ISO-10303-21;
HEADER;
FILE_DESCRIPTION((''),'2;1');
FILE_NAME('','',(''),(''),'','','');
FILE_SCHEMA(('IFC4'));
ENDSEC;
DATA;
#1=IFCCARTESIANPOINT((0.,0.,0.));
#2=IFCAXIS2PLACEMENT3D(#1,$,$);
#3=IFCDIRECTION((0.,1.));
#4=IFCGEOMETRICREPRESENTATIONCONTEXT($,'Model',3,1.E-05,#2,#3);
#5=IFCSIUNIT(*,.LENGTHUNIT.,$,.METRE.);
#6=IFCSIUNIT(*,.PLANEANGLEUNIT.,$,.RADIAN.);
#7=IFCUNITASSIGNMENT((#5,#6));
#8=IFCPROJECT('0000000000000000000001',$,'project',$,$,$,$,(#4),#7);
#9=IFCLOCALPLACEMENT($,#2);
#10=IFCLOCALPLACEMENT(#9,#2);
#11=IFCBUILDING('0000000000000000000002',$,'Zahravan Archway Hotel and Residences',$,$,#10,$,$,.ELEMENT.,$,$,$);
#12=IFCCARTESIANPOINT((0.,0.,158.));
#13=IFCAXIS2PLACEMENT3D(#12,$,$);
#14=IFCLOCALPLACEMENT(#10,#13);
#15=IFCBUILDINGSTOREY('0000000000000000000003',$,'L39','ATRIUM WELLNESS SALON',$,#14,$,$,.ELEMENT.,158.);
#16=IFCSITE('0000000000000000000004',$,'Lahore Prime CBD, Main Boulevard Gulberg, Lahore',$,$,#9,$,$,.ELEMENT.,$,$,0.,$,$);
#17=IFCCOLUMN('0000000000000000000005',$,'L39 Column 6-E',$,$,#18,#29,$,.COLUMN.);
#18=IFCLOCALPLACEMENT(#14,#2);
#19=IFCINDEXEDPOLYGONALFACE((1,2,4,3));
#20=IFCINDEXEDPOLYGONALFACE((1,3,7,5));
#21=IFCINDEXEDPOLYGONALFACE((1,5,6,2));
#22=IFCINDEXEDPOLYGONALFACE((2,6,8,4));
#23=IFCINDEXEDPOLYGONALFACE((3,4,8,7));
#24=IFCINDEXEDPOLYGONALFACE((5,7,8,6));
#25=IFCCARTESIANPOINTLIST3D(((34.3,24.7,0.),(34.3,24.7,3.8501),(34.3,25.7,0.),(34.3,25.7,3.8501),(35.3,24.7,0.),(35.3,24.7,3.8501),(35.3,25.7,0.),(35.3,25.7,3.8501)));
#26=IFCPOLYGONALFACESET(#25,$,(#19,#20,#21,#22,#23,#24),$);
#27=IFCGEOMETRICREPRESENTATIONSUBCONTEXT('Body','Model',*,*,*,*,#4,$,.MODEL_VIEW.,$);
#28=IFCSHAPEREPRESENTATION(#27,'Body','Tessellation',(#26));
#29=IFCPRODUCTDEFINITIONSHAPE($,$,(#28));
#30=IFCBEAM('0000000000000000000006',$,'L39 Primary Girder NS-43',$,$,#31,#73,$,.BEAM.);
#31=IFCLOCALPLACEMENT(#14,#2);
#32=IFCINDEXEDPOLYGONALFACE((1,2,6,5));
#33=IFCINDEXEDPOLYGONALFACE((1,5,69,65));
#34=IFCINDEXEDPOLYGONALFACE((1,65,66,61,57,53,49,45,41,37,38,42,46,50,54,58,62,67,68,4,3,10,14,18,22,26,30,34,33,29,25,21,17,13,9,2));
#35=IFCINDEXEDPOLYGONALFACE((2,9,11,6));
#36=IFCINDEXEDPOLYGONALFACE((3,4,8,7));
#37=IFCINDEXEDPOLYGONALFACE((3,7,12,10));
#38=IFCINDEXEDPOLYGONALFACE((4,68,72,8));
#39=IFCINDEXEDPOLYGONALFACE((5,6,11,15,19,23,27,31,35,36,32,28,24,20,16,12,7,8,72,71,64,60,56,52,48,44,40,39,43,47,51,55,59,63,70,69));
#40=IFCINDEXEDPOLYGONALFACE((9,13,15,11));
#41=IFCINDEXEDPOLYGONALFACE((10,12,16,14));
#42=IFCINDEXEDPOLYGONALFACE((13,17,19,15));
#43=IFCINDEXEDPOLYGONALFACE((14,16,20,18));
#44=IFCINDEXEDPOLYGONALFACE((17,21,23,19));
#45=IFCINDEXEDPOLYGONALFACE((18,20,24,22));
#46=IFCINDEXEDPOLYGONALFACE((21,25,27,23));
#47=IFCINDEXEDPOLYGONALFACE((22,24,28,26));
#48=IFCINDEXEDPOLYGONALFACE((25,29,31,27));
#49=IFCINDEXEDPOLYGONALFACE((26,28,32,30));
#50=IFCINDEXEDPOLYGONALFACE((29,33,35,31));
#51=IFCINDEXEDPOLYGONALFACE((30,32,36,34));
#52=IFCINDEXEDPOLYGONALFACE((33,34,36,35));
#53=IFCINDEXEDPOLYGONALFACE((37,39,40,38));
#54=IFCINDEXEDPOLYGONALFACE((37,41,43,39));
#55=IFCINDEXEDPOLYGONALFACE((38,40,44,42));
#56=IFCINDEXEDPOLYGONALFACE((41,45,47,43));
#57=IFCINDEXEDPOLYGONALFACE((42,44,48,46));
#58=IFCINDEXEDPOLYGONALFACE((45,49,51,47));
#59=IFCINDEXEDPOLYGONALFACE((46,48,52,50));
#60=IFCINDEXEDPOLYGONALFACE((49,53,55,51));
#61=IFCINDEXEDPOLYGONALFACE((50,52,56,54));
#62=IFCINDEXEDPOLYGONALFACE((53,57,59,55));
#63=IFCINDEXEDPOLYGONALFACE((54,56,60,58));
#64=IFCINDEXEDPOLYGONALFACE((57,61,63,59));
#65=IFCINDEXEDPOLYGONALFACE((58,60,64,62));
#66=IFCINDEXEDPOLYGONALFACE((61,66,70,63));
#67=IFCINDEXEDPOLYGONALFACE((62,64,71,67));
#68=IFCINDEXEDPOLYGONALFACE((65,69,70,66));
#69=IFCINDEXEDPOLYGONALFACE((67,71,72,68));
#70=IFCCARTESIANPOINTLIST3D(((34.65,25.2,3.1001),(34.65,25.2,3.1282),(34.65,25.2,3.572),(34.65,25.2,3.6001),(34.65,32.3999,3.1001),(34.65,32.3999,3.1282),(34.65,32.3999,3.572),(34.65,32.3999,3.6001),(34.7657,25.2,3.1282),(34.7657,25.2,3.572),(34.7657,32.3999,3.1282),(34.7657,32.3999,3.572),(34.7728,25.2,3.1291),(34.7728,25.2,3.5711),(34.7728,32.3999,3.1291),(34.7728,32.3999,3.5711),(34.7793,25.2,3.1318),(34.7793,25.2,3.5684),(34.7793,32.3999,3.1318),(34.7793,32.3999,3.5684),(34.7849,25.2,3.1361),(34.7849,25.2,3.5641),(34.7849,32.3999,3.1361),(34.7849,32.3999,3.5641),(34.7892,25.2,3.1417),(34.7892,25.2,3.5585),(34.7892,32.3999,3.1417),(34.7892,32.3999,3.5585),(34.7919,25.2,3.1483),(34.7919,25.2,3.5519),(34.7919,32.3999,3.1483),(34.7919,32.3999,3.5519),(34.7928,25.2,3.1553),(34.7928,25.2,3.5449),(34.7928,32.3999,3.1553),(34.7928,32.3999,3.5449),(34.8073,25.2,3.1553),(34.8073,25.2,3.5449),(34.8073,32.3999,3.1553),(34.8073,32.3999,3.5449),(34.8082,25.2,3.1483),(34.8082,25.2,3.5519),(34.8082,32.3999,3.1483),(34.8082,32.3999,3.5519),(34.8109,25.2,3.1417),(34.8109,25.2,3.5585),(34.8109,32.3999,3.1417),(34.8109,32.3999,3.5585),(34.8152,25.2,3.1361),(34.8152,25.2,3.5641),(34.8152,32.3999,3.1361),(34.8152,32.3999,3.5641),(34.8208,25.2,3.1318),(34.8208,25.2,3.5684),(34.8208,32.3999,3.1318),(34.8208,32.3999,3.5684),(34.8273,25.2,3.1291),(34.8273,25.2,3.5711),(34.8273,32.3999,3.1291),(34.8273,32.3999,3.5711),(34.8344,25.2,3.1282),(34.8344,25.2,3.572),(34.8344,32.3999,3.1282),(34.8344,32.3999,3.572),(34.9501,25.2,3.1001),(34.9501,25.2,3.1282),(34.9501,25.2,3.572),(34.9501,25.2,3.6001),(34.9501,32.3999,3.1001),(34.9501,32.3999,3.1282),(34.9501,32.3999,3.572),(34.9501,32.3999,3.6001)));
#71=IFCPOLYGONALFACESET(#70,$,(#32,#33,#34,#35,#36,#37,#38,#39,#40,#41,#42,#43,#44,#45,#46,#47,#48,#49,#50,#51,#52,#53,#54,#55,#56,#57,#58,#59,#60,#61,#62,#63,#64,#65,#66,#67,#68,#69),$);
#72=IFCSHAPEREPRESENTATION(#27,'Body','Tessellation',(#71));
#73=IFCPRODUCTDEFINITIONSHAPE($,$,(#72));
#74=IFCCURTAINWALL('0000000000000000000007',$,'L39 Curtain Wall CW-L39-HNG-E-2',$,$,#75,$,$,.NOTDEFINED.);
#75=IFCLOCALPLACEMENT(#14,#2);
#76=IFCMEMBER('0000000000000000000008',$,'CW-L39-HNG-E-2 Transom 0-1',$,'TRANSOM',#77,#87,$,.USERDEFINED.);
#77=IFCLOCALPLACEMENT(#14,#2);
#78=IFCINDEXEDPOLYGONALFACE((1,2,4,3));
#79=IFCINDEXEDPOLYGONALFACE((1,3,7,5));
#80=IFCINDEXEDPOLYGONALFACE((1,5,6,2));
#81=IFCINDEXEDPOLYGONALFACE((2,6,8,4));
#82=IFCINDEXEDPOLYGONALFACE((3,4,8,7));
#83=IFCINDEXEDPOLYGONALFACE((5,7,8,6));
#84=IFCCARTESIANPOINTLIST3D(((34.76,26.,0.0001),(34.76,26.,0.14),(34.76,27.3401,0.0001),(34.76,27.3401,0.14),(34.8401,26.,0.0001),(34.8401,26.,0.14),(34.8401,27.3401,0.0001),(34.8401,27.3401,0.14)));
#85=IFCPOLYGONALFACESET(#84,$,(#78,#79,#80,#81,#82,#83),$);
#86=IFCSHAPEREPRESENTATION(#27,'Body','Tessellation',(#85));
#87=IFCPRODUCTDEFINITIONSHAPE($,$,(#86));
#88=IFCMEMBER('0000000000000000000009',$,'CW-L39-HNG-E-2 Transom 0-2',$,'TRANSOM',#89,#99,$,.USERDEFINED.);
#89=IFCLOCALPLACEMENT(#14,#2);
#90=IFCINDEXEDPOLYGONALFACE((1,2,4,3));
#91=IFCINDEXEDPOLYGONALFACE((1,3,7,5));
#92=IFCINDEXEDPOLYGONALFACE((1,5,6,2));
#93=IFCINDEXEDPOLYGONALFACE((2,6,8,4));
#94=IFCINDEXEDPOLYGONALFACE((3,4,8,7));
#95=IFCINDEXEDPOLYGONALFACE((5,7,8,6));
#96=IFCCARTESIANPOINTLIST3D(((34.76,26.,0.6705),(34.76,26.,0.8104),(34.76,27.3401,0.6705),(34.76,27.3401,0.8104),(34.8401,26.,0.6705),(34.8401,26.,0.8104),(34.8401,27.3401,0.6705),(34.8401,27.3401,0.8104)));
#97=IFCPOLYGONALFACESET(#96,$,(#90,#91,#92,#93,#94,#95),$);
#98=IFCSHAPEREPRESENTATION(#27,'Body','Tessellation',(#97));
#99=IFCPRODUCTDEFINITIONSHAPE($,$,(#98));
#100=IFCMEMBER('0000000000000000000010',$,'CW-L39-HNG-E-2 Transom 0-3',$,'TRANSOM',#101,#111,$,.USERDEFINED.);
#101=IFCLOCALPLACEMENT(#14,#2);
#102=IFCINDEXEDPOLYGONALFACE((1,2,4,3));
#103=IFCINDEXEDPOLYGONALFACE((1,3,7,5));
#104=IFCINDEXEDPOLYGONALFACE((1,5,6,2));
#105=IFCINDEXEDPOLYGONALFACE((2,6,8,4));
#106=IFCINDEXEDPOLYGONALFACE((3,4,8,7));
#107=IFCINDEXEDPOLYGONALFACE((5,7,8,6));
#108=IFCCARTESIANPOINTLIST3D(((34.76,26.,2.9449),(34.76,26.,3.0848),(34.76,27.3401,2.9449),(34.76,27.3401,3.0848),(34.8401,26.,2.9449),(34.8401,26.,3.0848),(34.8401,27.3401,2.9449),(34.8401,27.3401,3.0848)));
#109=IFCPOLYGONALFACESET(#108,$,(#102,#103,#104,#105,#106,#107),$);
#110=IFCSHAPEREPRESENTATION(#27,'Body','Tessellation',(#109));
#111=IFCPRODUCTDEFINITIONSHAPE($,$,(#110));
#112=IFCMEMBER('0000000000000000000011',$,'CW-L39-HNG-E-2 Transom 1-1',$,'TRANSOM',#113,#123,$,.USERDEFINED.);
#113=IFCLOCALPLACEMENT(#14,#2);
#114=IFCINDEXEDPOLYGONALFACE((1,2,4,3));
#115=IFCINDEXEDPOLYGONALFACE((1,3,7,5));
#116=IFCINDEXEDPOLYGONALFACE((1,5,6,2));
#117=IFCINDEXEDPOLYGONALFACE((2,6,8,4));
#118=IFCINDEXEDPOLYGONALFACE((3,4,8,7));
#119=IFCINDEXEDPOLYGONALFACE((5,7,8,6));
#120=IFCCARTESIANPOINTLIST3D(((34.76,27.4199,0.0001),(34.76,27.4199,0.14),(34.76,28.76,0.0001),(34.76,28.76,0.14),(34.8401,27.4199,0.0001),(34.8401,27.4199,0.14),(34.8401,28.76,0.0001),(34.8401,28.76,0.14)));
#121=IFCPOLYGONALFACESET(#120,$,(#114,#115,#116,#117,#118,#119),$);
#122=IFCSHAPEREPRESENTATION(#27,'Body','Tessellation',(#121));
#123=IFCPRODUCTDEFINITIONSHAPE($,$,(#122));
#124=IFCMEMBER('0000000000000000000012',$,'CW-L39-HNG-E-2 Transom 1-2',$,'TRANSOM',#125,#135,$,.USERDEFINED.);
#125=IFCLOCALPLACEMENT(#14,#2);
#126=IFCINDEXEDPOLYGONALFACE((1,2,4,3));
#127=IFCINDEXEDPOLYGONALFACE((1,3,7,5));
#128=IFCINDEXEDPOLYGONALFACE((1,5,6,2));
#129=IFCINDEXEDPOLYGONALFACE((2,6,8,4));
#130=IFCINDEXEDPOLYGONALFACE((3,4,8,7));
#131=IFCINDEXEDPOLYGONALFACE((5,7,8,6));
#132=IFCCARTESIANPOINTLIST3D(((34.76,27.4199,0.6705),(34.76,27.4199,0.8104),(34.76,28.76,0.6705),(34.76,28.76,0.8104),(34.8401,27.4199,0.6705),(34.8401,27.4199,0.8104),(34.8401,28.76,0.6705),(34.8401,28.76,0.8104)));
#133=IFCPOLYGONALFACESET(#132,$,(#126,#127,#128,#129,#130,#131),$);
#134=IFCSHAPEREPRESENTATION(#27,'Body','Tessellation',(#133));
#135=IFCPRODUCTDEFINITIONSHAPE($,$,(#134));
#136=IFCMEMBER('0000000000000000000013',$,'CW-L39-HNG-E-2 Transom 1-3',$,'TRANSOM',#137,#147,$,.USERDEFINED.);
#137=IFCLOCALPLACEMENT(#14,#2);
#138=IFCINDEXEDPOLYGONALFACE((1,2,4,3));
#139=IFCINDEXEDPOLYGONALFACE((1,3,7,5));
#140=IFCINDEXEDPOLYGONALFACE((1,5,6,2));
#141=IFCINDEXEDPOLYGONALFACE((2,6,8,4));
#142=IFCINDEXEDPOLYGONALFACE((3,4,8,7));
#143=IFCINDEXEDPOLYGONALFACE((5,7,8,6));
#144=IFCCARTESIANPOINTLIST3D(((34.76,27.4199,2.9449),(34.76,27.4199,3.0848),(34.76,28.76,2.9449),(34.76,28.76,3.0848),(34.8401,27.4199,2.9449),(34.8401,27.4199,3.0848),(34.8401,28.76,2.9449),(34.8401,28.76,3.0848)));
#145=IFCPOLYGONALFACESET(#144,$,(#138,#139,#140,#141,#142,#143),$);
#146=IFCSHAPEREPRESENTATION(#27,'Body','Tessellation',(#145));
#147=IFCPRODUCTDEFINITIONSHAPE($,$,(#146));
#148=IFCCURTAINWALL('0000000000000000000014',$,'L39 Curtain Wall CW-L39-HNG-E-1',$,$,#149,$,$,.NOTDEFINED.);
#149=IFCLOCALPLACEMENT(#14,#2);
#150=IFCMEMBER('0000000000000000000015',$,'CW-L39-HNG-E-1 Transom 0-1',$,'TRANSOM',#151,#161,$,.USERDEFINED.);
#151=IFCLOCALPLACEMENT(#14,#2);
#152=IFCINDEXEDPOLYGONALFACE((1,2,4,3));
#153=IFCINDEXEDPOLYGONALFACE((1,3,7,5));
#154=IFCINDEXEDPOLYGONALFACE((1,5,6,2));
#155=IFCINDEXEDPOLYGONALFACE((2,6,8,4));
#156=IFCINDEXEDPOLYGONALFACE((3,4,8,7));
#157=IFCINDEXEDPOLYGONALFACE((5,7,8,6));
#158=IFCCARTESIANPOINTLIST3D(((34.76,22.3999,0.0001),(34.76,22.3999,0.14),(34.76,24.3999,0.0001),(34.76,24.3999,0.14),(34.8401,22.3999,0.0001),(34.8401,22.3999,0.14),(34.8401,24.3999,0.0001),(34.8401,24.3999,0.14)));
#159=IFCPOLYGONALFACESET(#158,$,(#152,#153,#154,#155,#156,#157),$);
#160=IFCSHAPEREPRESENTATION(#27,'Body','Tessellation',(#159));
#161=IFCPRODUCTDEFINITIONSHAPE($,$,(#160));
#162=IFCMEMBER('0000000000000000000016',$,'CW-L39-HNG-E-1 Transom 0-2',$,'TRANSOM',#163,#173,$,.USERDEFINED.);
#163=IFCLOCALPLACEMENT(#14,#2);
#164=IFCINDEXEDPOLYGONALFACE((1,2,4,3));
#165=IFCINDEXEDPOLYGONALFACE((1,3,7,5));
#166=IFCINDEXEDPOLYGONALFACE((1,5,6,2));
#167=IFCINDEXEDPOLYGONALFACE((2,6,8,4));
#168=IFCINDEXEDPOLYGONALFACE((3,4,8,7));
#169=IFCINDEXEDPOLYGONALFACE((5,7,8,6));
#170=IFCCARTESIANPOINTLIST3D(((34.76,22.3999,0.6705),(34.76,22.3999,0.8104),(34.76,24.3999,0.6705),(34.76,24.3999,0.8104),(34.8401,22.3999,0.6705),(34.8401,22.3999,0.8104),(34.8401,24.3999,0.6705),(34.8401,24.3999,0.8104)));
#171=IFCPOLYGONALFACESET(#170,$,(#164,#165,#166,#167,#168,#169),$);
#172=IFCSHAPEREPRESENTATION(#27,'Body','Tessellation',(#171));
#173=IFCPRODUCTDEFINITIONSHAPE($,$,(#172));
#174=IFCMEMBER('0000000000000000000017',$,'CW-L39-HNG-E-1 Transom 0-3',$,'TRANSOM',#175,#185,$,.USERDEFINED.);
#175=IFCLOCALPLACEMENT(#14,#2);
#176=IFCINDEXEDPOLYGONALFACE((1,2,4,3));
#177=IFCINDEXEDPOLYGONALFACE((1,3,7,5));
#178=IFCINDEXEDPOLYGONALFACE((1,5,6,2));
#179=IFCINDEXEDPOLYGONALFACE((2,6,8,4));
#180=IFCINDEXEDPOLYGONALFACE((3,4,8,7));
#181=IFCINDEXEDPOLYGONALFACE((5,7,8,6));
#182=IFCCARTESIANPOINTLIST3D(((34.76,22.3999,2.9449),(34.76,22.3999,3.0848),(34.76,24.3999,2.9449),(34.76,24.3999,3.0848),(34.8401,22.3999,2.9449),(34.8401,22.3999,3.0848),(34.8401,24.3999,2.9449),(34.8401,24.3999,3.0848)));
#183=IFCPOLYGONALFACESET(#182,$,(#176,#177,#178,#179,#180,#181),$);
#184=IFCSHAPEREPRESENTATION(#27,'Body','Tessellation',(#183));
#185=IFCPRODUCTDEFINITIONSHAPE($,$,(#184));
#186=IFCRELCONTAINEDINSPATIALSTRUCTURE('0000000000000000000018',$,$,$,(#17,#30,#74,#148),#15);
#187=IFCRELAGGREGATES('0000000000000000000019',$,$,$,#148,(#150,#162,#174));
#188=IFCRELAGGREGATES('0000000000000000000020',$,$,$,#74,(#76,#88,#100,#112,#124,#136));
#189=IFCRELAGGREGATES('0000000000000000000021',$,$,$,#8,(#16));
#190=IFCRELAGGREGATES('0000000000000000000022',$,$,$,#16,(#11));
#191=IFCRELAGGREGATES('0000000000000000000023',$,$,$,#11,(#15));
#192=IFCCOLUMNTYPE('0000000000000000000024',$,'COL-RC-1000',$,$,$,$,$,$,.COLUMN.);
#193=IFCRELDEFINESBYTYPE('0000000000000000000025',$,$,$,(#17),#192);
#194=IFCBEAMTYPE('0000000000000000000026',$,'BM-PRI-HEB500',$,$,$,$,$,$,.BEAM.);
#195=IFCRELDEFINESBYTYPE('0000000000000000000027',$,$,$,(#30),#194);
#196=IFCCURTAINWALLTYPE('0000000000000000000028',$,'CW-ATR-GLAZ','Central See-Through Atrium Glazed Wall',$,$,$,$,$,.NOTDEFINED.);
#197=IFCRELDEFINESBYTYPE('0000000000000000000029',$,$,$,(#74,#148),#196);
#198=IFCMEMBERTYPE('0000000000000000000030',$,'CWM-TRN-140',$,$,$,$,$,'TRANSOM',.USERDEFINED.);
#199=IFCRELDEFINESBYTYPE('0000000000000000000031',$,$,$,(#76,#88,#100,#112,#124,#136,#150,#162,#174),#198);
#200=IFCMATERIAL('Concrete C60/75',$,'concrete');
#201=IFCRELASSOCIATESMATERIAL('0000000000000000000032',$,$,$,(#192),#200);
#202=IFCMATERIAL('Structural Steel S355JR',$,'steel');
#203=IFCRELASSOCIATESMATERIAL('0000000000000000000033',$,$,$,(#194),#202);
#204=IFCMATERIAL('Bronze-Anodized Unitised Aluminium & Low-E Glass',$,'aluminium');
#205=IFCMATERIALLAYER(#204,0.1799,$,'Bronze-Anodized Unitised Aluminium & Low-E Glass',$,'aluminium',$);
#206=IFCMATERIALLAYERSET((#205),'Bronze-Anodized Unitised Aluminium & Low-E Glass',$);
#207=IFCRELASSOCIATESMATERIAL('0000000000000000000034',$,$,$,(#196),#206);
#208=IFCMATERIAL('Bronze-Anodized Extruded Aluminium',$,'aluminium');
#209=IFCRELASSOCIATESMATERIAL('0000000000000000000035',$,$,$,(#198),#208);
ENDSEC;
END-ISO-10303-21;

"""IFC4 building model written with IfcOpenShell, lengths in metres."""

from ifc_helpers import new_model, si_unit, direction, frame, origin, origin_2d, place, context, subcontext, project, spatial, rectangle, i_section, extrude, source, transform, mapped, material, layer, layer_set, material_profile, profile_set, type_object, element, aggregate, save


model = new_model("IFC4")

# Units and contexts
model_context = context("Model", 3, precision=1e-05, world=origin(), true_north=direction((0.0, 1.0)))
body_context = subcontext(model_context, "Body", "Model", "MODEL_VIEW")
ifc_project = project(units=[si_unit("LENGTHUNIT", "METRE"), si_unit("PLANEANGLEUNIT", "RADIAN")], contexts=[model_context])

# Site, building, storey
site_placement = place(None, origin())
site = spatial("IfcSite", under=ifc_project, at=site_placement, Name="Lahore Prime CBD, Main Boulevard Gulberg, Lahore", CompositionType="ELEMENT", RefElevation=0.0)
building_placement = place(site_placement, origin())
building = spatial("IfcBuilding", under=site, at=building_placement, Name="Zahravan Archway Hotel and Residences", CompositionType="ELEMENT")
storey_placement = place(building_placement, frame((0.0, 0.0, 158.0)))
storey = spatial("IfcBuildingStorey", under=building, at=storey_placement, Name="L39", Description="ATRIUM WELLNESS SALON", CompositionType="ELEMENT", Elevation=158.0)

# Column
ifc_material_1 = material(Name="Concrete C60/75", Category="concrete")
ifc_material_profile_1 = material_profile(ifc_material_1, rectangle(XDim=1.0, YDim=1.0, at=origin_2d()), Name="RC-COL-1000x1000", Category="concrete")
ifc_profile_set_1 = profile_set([ifc_material_profile_1], Name="Concrete C60/75")
column_type = type_object("IfcColumnType", Name="COL-RC-1000", PredefinedType="COLUMN", material=ifc_profile_set_1)
shared_shape_1 = source(origin(), body_context, "Body", "SweptSolid", [
    extrude(rectangle(XDim=1.0, YDim=1.0, at=origin_2d()), origin(), (0.0, 0.0, 1.0), 3.8501),
])
column_placement = place(storey_placement, frame((34.8, 25.2, 0.0), z_axis=(0.0, 0.0, 1.0), x_axis=(1.0, 0.0, 0.0)))
element("IfcColumn", 1, at=column_placement, inside=storey, type_object=column_type, Name="L39 Column 6-E", PredefinedType="COLUMN", context=body_context, shape_type="MappedRepresentation", body=[
    mapped(shared_shape_1, transform((0.0, 0.0, 0.0), scale=1.0)),
])

# Beam
ifc_material_2 = material(Name="Structural Steel S355JR", Category="steel")
ifc_material_profile_2 = material_profile(ifc_material_2, i_section(OverallWidth=0.3, OverallDepth=0.5, WebThickness=0.0144, FlangeThickness=0.0281, FilletRadius=0.0271, at=origin_2d()), Name="HEB 500", Category="steel")
ifc_profile_set_2 = profile_set([ifc_material_profile_2], Name="Structural Steel S355JR")
beam_type = type_object("IfcBeamType", Name="BM-PRI-HEB500", PredefinedType="BEAM", material=ifc_profile_set_2)
shared_shape_2 = source(origin(), body_context, "Body", "SweptSolid", [
    extrude(i_section(OverallWidth=0.3, OverallDepth=0.5, WebThickness=0.0144, FlangeThickness=0.0281, FilletRadius=0.0271, at=origin_2d()), origin(), (0.0, 0.0, 1.0), 7.2),
])
beam_placement = place(storey_placement, frame((34.8, 25.2, 3.3501), z_axis=(0.0, 1.0, 0.0), x_axis=(-1.0, 0.0, 0.0)))
element("IfcBeam", 2, at=beam_placement, inside=storey, type_object=beam_type, Name="L39 Primary Girder NS-43", PredefinedType="BEAM", context=body_context, shape_type="MappedRepresentation", body=[
    mapped(shared_shape_2, transform((0.0, 0.0, 0.0), scale=1.0)),
])

# Curtain walls, members
ifc_material_3 = material(Name="Bronze-Anodized Unitised Aluminium & Low-E Glass", Category="aluminium")
ifc_layer_1 = layer(ifc_material_3, 0.1799, Name="Bronze-Anodized Unitised Aluminium & Low-E Glass", Category="aluminium")
ifc_layer_set_1 = layer_set([ifc_layer_1], Name="Bronze-Anodized Unitised Aluminium & Low-E Glass")
curtain_wall_type = type_object("IfcCurtainWallType", Name="CW-ATR-GLAZ", Description="Central See-Through Atrium Glazed Wall", PredefinedType="NOTDEFINED", material=ifc_layer_set_1)
curtain_wall_1_placement = place(storey_placement, origin())
curtain_wall_1 = element("IfcCurtainWall", 3, at=curtain_wall_1_placement, inside=storey, type_object=curtain_wall_type, Name="L39 Curtain Wall CW-L39-HNG-E-2", PredefinedType="NOTDEFINED")
ifc_material_4 = material(Name="Bronze-Anodized Extruded Aluminium", Category="aluminium")
ifc_material_profile_3 = material_profile(ifc_material_4, rectangle(XDim=0.0801, YDim=0.1399, at=origin_2d()), Name="TRN 80x140", Category="aluminium")
ifc_profile_set_3 = profile_set([ifc_material_profile_3], Name="Bronze-Anodized Extruded Aluminium")
member_type_1 = type_object("IfcMemberType", Name="CWM-TRN-140", ElementType="TRANSOM", PredefinedType="USERDEFINED", material=ifc_profile_set_3)
shared_shape_3 = source(origin(), body_context, "Body", "SweptSolid", [
    extrude(rectangle(XDim=0.0801, YDim=0.1399, at=origin_2d()), origin(), (0.0, 0.0, 1.0), 1.3401),
])
member_1_placement = place(storey_placement, frame((34.8, 26.0, 0.0701), z_axis=(0.0, 1.0, 0.0), x_axis=(-1.0, 0.0, 0.0)))
member_1 = element("IfcMember", 4, at=member_1_placement, type_object=member_type_1, Name="CW-L39-HNG-E-2 Transom 0-1", ObjectType="TRANSOM", PredefinedType="USERDEFINED", context=body_context, shape_type="MappedRepresentation", body=[
    mapped(shared_shape_3, transform((0.0, 0.0, 0.0), scale=1.0)),
])
member_2_placement = place(storey_placement, frame((34.8, 26.0, 0.7405), z_axis=(0.0, 1.0, 0.0), x_axis=(-1.0, 0.0, 0.0)))
member_2 = element("IfcMember", 5, at=member_2_placement, type_object=member_type_1, Name="CW-L39-HNG-E-2 Transom 0-2", ObjectType="TRANSOM", PredefinedType="USERDEFINED", context=body_context, shape_type="MappedRepresentation", body=[
    mapped(shared_shape_3, transform((0.0, 0.0, 0.0), scale=1.0)),
])
member_3_placement = place(storey_placement, frame((34.8, 26.0, 3.0149), z_axis=(0.0, 1.0, 0.0), x_axis=(-1.0, 0.0, 0.0)))
member_3 = element("IfcMember", 6, at=member_3_placement, type_object=member_type_1, Name="CW-L39-HNG-E-2 Transom 0-3", ObjectType="TRANSOM", PredefinedType="USERDEFINED", context=body_context, shape_type="MappedRepresentation", body=[
    mapped(shared_shape_3, transform((0.0, 0.0, 0.0), scale=1.0)),
])
member_4_placement = place(storey_placement, frame((34.8, 27.4199, 0.0701), z_axis=(0.0, 1.0, 0.0), x_axis=(-1.0, 0.0, 0.0)))
member_4 = element("IfcMember", 7, at=member_4_placement, type_object=member_type_1, Name="CW-L39-HNG-E-2 Transom 1-1", ObjectType="TRANSOM", PredefinedType="USERDEFINED", context=body_context, shape_type="MappedRepresentation", body=[
    mapped(shared_shape_3, transform((0.0, 0.0, 0.0), scale=1.0)),
])
member_5_placement = place(storey_placement, frame((34.8, 27.4199, 0.7405), z_axis=(0.0, 1.0, 0.0), x_axis=(-1.0, 0.0, 0.0)))
member_5 = element("IfcMember", 8, at=member_5_placement, type_object=member_type_1, Name="CW-L39-HNG-E-2 Transom 1-2", ObjectType="TRANSOM", PredefinedType="USERDEFINED", context=body_context, shape_type="MappedRepresentation", body=[
    mapped(shared_shape_3, transform((0.0, 0.0, 0.0), scale=1.0)),
])
member_6_placement = place(storey_placement, frame((34.8, 27.4199, 3.0149), z_axis=(0.0, 1.0, 0.0), x_axis=(-1.0, 0.0, 0.0)))
member_6 = element("IfcMember", 9, at=member_6_placement, type_object=member_type_1, Name="CW-L39-HNG-E-2 Transom 1-3", ObjectType="TRANSOM", PredefinedType="USERDEFINED", context=body_context, shape_type="MappedRepresentation", body=[
    mapped(shared_shape_3, transform((0.0, 0.0, 0.0), scale=1.0)),
])
curtain_wall_2_placement = place(storey_placement, origin())
curtain_wall_2 = element("IfcCurtainWall", 10, at=curtain_wall_2_placement, inside=storey, type_object=curtain_wall_type, Name="L39 Curtain Wall CW-L39-HNG-E-1", PredefinedType="NOTDEFINED")
shared_shape_4 = source(origin(), body_context, "Body", "SweptSolid", [
    extrude(rectangle(XDim=0.0801, YDim=0.1399, at=origin_2d()), origin(), (0.0, 0.0, 1.0), 2.0),
])
member_7_placement = place(storey_placement, frame((34.8, 22.3999, 0.0701), z_axis=(0.0, 1.0, 0.0), x_axis=(-1.0, 0.0, 0.0)))
member_7 = element("IfcMember", 11, at=member_7_placement, type_object=member_type_1, Name="CW-L39-HNG-E-1 Transom 0-1", ObjectType="TRANSOM", PredefinedType="USERDEFINED", context=body_context, shape_type="MappedRepresentation", body=[
    mapped(shared_shape_4, transform((0.0, 0.0, 0.0), scale=1.0)),
])
member_8_placement = place(storey_placement, frame((34.8, 22.3999, 0.7405), z_axis=(0.0, 1.0, 0.0), x_axis=(-1.0, 0.0, 0.0)))
member_8 = element("IfcMember", 12, at=member_8_placement, type_object=member_type_1, Name="CW-L39-HNG-E-1 Transom 0-2", ObjectType="TRANSOM", PredefinedType="USERDEFINED", context=body_context, shape_type="MappedRepresentation", body=[
    mapped(shared_shape_4, transform((0.0, 0.0, 0.0), scale=1.0)),
])
member_9_placement = place(storey_placement, frame((34.8, 22.3999, 3.0149), z_axis=(0.0, 1.0, 0.0), x_axis=(-1.0, 0.0, 0.0)))
member_9 = element("IfcMember", 13, at=member_9_placement, type_object=member_type_1, Name="CW-L39-HNG-E-1 Transom 0-3", ObjectType="TRANSOM", PredefinedType="USERDEFINED", context=body_context, shape_type="MappedRepresentation", body=[
    mapped(shared_shape_4, transform((0.0, 0.0, 0.0), scale=1.0)),
])

aggregate(curtain_wall_2, [member_7, member_8, member_9])
aggregate(curtain_wall_1, [member_1, member_2, member_3, member_4, member_5, member_6])

save(model, "model.ifc")
